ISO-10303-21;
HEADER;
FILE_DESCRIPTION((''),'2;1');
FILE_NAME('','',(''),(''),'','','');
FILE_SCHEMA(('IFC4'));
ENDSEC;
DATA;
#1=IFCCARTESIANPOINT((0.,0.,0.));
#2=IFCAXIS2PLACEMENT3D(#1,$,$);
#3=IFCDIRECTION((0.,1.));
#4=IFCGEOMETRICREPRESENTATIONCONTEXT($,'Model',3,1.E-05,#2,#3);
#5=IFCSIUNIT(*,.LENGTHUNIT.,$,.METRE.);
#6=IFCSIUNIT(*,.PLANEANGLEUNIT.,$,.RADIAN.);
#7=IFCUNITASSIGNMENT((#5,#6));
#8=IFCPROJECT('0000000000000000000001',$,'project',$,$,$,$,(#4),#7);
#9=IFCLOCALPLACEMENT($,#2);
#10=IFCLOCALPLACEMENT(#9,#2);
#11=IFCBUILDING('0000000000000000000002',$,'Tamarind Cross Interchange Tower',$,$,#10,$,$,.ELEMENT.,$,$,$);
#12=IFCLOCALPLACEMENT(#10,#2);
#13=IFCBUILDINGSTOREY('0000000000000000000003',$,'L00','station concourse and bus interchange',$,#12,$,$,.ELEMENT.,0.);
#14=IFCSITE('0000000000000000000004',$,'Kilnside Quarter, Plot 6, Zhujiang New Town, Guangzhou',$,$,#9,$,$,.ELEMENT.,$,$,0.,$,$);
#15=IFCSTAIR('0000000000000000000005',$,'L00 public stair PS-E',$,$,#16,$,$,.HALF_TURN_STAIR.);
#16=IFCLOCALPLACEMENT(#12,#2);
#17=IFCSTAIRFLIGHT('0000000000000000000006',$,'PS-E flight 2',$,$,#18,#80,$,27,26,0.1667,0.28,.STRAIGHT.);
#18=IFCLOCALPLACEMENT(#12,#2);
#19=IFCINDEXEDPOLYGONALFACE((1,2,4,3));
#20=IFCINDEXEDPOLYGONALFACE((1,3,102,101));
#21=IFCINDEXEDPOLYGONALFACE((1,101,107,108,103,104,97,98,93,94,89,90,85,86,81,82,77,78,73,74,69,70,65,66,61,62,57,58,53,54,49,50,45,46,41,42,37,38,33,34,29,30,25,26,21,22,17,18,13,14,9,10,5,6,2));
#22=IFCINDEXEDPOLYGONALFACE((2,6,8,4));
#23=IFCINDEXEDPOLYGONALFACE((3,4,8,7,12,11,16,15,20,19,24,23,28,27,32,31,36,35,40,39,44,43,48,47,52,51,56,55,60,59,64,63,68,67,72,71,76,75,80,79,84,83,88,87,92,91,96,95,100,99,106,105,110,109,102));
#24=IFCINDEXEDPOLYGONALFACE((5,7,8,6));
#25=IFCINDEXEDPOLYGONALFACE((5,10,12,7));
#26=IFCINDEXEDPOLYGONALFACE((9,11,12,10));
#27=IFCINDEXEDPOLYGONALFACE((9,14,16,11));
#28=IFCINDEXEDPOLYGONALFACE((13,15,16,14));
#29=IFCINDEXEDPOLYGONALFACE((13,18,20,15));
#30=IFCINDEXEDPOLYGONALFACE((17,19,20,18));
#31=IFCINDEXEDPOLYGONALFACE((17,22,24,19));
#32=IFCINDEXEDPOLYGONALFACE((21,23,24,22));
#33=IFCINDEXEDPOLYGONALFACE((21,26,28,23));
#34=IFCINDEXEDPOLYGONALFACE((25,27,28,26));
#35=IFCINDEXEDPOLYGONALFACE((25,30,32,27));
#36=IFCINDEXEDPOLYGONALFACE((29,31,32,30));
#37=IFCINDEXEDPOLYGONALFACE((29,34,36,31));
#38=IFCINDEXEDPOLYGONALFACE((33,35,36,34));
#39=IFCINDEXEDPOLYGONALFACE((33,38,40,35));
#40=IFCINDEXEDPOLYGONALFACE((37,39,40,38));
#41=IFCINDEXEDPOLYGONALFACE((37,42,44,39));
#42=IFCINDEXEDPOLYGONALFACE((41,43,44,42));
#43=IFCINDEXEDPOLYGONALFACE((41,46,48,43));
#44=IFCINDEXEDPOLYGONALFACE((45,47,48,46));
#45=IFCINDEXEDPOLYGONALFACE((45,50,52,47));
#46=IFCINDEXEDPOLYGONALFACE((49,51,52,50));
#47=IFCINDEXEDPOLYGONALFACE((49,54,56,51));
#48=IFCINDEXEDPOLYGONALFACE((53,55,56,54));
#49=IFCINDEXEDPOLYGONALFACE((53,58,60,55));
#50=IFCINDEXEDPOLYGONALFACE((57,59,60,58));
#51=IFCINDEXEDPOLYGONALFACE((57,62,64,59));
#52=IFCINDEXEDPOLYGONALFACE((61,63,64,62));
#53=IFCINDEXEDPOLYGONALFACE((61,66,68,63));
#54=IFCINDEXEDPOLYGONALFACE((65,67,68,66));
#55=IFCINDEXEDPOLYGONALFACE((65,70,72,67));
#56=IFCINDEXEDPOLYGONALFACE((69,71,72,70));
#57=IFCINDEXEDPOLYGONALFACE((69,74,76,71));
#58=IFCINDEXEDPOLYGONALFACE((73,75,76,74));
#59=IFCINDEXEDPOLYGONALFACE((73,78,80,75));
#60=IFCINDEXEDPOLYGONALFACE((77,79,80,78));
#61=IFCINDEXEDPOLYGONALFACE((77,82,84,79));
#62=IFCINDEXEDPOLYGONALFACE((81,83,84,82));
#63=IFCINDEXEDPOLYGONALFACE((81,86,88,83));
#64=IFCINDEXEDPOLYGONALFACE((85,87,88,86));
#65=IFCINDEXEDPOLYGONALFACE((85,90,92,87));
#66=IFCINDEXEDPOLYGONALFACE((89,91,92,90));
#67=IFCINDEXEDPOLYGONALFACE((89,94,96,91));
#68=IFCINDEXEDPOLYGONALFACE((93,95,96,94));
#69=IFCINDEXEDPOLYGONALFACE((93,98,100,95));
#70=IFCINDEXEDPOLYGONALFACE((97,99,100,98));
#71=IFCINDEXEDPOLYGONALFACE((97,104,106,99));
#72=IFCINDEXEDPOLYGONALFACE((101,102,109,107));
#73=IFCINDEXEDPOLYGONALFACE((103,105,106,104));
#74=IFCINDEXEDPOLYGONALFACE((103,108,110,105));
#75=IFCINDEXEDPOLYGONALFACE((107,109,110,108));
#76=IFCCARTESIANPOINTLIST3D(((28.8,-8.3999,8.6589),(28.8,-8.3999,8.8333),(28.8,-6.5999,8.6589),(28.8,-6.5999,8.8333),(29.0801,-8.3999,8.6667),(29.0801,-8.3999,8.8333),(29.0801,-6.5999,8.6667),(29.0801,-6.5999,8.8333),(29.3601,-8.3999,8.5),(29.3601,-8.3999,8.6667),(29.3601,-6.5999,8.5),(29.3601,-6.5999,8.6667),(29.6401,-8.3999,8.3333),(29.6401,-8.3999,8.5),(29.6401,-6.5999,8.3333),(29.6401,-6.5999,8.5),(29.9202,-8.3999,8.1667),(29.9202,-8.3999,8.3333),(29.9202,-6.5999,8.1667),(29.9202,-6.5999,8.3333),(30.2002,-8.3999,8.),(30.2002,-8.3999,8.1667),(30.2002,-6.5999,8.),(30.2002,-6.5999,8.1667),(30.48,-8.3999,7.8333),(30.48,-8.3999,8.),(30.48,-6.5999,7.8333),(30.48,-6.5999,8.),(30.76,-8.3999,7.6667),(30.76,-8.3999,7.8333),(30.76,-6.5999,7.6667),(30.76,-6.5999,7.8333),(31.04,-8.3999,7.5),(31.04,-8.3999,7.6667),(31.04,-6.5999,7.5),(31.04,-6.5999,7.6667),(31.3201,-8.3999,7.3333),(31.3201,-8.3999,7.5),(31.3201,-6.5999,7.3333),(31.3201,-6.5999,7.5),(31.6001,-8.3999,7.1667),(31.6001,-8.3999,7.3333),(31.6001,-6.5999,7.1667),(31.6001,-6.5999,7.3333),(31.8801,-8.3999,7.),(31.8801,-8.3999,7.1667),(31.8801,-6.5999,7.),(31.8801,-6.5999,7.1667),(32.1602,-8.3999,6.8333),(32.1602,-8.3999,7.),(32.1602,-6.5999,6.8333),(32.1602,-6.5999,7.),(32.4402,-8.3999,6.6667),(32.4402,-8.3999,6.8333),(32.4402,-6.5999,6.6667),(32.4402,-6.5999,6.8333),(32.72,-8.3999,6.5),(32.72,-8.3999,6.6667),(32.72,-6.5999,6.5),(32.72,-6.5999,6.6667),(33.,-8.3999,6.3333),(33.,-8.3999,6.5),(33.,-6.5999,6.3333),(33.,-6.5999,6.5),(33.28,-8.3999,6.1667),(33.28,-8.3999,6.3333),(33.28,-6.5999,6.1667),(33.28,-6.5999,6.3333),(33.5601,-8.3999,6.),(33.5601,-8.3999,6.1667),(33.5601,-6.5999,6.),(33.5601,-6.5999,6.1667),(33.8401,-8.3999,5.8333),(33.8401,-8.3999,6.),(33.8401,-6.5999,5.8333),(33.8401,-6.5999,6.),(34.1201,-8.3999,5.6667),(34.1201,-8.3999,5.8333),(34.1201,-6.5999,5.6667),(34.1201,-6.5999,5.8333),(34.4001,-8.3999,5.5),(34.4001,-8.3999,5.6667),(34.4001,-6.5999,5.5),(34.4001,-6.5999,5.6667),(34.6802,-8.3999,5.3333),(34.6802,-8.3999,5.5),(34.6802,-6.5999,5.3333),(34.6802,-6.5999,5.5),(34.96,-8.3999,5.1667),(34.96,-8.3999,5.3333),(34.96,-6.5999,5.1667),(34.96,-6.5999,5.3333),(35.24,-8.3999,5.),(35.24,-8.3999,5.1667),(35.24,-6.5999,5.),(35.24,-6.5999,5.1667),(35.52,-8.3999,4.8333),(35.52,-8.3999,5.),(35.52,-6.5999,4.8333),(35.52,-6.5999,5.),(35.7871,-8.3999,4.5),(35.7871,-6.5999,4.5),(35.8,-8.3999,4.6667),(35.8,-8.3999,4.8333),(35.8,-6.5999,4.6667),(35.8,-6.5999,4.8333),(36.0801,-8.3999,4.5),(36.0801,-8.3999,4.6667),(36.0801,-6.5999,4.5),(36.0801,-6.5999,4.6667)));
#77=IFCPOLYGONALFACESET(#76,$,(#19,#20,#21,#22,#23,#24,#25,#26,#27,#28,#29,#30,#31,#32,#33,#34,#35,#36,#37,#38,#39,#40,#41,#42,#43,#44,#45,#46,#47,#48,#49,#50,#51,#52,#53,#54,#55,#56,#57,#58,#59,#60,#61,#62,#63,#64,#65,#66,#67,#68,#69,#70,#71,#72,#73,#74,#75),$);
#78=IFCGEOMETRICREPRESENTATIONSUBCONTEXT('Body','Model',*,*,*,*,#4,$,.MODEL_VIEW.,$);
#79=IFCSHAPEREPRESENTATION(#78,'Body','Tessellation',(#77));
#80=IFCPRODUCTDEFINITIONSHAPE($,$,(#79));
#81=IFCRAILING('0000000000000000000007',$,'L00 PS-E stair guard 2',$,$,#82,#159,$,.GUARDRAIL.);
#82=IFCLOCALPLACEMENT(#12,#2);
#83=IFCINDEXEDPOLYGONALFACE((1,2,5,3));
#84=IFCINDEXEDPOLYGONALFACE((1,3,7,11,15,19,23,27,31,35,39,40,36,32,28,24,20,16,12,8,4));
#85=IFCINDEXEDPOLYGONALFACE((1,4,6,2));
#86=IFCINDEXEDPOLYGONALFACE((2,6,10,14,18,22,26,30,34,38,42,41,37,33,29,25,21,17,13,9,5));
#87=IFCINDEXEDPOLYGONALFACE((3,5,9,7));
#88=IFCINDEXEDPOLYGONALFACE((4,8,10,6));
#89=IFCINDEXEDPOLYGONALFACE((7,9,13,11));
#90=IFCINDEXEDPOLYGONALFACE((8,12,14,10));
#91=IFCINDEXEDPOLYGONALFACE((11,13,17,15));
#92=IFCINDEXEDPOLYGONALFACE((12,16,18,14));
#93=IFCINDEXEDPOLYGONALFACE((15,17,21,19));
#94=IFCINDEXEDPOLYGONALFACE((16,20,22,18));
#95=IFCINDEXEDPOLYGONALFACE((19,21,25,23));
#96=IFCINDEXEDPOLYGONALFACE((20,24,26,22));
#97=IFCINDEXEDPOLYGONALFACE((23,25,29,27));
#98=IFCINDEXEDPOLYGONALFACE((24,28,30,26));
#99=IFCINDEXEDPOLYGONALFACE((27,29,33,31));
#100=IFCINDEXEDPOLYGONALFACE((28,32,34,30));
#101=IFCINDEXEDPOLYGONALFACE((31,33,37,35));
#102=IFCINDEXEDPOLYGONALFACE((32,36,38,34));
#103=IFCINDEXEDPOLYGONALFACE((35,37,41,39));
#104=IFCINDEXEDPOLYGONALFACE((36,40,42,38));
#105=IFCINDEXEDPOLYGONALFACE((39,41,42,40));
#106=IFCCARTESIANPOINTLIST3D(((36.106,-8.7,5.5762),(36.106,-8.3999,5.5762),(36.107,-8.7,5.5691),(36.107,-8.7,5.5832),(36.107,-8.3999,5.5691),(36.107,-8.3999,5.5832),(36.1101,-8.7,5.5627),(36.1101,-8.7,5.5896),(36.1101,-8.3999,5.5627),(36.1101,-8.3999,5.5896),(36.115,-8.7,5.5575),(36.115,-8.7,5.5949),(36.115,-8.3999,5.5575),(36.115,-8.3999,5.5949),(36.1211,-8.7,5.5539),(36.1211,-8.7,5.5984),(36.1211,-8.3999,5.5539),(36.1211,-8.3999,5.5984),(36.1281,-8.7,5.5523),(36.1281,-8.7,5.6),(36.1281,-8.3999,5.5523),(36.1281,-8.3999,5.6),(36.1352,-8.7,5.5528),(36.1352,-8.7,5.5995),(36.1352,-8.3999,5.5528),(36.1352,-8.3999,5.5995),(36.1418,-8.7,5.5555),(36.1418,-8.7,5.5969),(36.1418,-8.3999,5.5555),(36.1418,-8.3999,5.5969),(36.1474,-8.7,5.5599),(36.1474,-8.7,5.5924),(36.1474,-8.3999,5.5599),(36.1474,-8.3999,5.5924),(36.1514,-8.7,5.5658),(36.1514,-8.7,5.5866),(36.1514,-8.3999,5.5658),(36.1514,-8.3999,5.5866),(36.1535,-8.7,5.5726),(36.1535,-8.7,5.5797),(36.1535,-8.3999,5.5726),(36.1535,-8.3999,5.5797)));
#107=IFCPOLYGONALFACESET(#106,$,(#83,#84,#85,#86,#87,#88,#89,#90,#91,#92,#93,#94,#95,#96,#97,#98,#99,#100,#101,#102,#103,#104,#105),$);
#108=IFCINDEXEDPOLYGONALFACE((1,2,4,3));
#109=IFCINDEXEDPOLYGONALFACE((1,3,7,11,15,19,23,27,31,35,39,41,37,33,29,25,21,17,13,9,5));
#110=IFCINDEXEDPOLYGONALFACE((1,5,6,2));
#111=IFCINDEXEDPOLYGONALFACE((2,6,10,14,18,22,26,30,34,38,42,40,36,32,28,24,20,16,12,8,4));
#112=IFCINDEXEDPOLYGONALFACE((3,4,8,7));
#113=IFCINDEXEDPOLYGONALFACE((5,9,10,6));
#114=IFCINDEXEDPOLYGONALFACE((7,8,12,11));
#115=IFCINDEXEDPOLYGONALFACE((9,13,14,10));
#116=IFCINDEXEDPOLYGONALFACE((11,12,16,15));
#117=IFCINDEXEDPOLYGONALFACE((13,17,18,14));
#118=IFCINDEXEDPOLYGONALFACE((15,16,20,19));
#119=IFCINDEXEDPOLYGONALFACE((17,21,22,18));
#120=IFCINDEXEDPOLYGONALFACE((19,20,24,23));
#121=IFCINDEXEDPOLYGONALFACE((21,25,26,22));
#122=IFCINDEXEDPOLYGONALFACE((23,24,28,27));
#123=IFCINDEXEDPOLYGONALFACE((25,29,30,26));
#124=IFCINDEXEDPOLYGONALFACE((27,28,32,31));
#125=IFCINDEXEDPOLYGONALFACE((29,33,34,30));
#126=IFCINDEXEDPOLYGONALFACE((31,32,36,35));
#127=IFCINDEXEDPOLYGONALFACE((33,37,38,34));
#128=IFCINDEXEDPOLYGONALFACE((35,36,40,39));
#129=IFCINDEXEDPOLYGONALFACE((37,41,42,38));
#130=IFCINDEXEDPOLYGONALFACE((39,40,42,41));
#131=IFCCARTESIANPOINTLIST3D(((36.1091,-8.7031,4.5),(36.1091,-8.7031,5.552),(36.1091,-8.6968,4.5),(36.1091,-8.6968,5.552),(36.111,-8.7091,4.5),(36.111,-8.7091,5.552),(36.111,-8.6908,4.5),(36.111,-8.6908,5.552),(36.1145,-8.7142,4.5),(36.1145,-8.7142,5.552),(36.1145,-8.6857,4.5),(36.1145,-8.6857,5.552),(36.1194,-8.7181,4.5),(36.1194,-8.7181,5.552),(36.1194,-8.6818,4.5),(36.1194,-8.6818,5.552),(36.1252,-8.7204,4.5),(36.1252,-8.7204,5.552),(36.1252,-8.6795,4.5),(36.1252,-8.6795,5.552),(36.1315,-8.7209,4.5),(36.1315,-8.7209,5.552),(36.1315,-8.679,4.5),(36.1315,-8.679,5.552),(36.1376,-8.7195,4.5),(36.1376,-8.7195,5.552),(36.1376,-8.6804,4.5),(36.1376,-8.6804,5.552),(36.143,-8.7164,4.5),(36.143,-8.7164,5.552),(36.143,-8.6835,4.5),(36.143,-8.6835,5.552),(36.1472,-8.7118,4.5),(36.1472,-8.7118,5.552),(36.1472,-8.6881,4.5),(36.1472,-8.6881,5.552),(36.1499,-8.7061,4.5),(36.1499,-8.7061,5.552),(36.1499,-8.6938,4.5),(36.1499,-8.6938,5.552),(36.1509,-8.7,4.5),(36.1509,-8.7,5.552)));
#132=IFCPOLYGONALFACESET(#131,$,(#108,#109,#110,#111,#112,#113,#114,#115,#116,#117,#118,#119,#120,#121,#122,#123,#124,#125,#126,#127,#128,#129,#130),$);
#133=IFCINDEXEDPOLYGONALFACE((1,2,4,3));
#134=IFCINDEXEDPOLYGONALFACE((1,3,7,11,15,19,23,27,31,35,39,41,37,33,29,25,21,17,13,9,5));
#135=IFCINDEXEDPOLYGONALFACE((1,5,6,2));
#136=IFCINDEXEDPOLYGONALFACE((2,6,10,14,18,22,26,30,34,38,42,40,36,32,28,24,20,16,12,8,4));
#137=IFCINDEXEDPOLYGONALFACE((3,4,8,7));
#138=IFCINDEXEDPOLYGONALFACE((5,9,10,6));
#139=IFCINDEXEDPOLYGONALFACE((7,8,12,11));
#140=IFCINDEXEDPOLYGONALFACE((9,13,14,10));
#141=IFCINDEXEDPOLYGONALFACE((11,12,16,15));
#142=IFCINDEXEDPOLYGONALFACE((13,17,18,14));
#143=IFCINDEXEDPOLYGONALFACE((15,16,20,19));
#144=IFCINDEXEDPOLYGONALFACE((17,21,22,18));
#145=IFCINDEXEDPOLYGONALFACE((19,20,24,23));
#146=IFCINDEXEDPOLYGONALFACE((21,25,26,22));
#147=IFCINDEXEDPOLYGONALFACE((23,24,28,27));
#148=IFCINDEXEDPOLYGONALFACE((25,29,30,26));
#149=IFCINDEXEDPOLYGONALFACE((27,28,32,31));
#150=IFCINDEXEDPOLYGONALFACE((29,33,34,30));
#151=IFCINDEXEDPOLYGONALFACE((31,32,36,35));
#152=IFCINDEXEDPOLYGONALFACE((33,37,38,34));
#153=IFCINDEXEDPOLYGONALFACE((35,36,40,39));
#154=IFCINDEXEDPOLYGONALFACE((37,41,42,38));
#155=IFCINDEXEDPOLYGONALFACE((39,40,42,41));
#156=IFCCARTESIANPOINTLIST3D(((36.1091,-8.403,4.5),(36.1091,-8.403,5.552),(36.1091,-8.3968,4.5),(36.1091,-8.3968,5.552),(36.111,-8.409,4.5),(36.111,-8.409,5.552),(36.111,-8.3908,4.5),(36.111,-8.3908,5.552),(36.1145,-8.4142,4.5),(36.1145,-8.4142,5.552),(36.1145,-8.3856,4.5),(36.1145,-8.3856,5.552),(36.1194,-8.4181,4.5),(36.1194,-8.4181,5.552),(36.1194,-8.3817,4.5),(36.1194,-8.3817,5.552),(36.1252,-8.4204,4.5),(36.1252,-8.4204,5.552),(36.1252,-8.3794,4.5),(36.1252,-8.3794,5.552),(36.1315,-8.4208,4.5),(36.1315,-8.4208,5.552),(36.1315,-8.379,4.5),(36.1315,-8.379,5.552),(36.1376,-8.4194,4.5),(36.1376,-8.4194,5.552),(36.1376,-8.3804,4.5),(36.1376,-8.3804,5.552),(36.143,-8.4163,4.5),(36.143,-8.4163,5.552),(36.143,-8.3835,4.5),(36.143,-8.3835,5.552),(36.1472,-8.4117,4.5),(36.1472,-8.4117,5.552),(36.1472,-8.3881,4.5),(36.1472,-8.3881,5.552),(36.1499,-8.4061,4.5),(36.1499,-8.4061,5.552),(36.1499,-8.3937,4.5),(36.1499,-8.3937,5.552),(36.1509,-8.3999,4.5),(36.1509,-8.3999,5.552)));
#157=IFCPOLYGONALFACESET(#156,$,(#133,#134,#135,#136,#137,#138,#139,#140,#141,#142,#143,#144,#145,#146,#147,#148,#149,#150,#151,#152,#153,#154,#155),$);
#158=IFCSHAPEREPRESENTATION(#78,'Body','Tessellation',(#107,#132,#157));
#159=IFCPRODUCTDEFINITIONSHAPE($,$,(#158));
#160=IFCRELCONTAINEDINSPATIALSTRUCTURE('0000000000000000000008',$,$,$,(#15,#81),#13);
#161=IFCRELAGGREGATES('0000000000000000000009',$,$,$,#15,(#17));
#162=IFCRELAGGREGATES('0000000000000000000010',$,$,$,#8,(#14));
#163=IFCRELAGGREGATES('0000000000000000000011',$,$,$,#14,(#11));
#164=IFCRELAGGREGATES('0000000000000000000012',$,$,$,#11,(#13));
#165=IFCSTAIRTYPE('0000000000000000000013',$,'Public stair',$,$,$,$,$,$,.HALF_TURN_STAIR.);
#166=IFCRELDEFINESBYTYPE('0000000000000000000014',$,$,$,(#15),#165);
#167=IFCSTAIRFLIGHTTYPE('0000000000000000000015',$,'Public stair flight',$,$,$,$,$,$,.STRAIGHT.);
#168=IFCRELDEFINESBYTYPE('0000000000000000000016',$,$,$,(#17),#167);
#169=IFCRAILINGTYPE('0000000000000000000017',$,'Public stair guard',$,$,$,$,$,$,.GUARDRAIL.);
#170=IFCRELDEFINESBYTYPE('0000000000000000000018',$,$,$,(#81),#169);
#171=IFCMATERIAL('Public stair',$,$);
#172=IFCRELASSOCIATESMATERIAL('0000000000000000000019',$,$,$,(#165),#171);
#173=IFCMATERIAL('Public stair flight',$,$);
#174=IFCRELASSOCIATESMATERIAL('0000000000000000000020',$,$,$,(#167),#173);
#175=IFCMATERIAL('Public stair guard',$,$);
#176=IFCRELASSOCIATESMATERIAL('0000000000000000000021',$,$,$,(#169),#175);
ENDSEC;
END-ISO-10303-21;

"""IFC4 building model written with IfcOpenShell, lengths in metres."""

from ifc_helpers import new_model, si_unit, direction, frame, origin, origin_2d, place, context, subcontext, project, spatial, polyline, circle, outline, extrude, material, type_object, element, aggregate, save


model = new_model("IFC4")

# Units and contexts
model_context = context("Model", 3, precision=1e-05, world=origin(), true_north=direction((0.0, 1.0)))
body_context = subcontext(model_context, "Body", "Model", "MODEL_VIEW")
ifc_project = project(units=[si_unit("LENGTHUNIT", "METRE"), si_unit("PLANEANGLEUNIT", "RADIAN")], contexts=[model_context])

# Site, building, storey
site_placement = place(None, origin())
site = spatial("IfcSite", under=ifc_project, at=site_placement, Name="Kilnside Quarter, Plot 6, Zhujiang New Town, Guangzhou", CompositionType="ELEMENT", RefElevation=0.0)
building_placement = place(site_placement, origin())
building = spatial("IfcBuilding", under=site, at=building_placement, Name="Tamarind Cross Interchange Tower", CompositionType="ELEMENT")
storey_placement = place(building_placement, origin())
storey = spatial("IfcBuildingStorey", under=building, at=storey_placement, Name="L00", Description="station concourse and bus interchange", CompositionType="ELEMENT", Elevation=0.0)

# Stair, stair flight
ifc_material_1 = material(Name="Public stair")
stair_type_1 = type_object("IfcStairType", Name="Public stair", PredefinedType="HALF_TURN_STAIR", material=ifc_material_1)
stair_1_placement = place(storey_placement, origin())
stair_1 = element("IfcStair", 1, at=stair_1_placement, inside=storey, type_object=stair_type_1, Name="L00 public stair PS-E", PredefinedType="HALF_TURN_STAIR")
ifc_material_2 = material(Name="Public stair flight")
stair_flight_type_1 = type_object("IfcStairFlightType", Name="Public stair flight", PredefinedType="STRAIGHT", material=ifc_material_2)
stair_flight_1_placement = place(storey_placement, frame((36.0801, -7.5, 4.5), z_axis=(0.0, 0.0, 1.0), x_axis=(-1.0, 0.0, 0.0)))
stair_flight_1 = element("IfcStairFlight", 2, at=stair_flight_1_placement, type_object=stair_flight_type_1, Name="PS-E flight 2", NumberOfRisers=27, NumberOfTreads=26, PredefinedType="STRAIGHT", RiserHeight=0.1667, TreadLength=0.28, context=body_context, shape_type="SweptSolid", body=[
    extrude(outline(polyline([(0.0, 0.0), (0.0, 0.1667), (0.28, 0.1667), (0.28, 0.3333), (0.5601, 0.3333), (0.5601, 0.5), (0.8401, 0.5), (0.8401, 0.6667), (1.1201, 0.6667), (1.1201, 0.8333), (1.3999, 0.8333), (1.3999, 1.0), (1.6799, 1.0), (1.6799, 1.1667), (1.96, 1.1667), (1.96, 1.3333), (2.24, 1.3333), (2.24, 1.5), (2.52, 1.5), (2.52, 1.6667), (2.8, 1.6667), (2.8, 1.8333), (3.0801, 1.8333), (3.0801, 2.0), (3.3601, 2.0), (3.3601, 2.1667), (3.6399, 2.1667), (3.6399, 2.3333), (3.9199, 2.3333), (3.9199, 2.5), (4.2, 2.5), (4.2, 2.6667), (4.48, 2.6667), (4.48, 2.8333), (4.76, 2.8333), (4.76, 3.0), (5.04, 3.0), (5.04, 3.1667), (5.3201, 3.1667), (5.3201, 3.3333), (5.6001, 3.3333), (5.6001, 3.5), (5.8799, 3.5), (5.8799, 3.6667), (6.1599, 3.6667), (6.1599, 3.8333), (6.4399, 3.8333), (6.4399, 4.0), (6.72, 4.0), (6.72, 4.1667), (7.0, 4.1667), (7.0, 4.3333), (7.28, 4.3333), (7.28, 4.5), (7.28, 4.1589), (0.293, 0.0), (0.0, 0.0)])), frame((0.0, 0.8999, 0.0), z_axis=(0.0, -1.0, 0.0), x_axis=(1.0, 0.0, 0.0)), (0.0, 0.0, 1.0), 1.8),
])
aggregate(stair_1, [stair_flight_1])

# Railing
ifc_material_3 = material(Name="Public stair guard")
railing_type_1 = type_object("IfcRailingType", Name="Public stair guard", PredefinedType="GUARDRAIL", material=ifc_material_3)
railing_1_placement = place(storey_placement, frame((36.1299, -8.7, 4.5)))
element("IfcRailing", 3, at=railing_1_placement, inside=storey, type_object=railing_type_1, Name="L00 PS-E stair guard 2", PredefinedType="GUARDRAIL", context=body_context, shape_type="SweptSolid", body=[
    extrude(circle(Radius=0.0239, at=origin_2d()), frame((0.0, 0.0, 1.0762), z_axis=(0.0, 1.0, 0.0), x_axis=(-1.0, 0.0, 0.0)), (0.0, 0.0, 1.0), 0.3),
    extrude(circle(Radius=0.021, at=origin_2d()), origin(), (0.0, 0.0, 1.0), 1.052),
    extrude(circle(Radius=0.021, at=origin_2d()), frame((0.0, 0.3, 0.0)), (0.0, 0.0, 1.0), 1.052),
])

save(model, "model.ifc")
